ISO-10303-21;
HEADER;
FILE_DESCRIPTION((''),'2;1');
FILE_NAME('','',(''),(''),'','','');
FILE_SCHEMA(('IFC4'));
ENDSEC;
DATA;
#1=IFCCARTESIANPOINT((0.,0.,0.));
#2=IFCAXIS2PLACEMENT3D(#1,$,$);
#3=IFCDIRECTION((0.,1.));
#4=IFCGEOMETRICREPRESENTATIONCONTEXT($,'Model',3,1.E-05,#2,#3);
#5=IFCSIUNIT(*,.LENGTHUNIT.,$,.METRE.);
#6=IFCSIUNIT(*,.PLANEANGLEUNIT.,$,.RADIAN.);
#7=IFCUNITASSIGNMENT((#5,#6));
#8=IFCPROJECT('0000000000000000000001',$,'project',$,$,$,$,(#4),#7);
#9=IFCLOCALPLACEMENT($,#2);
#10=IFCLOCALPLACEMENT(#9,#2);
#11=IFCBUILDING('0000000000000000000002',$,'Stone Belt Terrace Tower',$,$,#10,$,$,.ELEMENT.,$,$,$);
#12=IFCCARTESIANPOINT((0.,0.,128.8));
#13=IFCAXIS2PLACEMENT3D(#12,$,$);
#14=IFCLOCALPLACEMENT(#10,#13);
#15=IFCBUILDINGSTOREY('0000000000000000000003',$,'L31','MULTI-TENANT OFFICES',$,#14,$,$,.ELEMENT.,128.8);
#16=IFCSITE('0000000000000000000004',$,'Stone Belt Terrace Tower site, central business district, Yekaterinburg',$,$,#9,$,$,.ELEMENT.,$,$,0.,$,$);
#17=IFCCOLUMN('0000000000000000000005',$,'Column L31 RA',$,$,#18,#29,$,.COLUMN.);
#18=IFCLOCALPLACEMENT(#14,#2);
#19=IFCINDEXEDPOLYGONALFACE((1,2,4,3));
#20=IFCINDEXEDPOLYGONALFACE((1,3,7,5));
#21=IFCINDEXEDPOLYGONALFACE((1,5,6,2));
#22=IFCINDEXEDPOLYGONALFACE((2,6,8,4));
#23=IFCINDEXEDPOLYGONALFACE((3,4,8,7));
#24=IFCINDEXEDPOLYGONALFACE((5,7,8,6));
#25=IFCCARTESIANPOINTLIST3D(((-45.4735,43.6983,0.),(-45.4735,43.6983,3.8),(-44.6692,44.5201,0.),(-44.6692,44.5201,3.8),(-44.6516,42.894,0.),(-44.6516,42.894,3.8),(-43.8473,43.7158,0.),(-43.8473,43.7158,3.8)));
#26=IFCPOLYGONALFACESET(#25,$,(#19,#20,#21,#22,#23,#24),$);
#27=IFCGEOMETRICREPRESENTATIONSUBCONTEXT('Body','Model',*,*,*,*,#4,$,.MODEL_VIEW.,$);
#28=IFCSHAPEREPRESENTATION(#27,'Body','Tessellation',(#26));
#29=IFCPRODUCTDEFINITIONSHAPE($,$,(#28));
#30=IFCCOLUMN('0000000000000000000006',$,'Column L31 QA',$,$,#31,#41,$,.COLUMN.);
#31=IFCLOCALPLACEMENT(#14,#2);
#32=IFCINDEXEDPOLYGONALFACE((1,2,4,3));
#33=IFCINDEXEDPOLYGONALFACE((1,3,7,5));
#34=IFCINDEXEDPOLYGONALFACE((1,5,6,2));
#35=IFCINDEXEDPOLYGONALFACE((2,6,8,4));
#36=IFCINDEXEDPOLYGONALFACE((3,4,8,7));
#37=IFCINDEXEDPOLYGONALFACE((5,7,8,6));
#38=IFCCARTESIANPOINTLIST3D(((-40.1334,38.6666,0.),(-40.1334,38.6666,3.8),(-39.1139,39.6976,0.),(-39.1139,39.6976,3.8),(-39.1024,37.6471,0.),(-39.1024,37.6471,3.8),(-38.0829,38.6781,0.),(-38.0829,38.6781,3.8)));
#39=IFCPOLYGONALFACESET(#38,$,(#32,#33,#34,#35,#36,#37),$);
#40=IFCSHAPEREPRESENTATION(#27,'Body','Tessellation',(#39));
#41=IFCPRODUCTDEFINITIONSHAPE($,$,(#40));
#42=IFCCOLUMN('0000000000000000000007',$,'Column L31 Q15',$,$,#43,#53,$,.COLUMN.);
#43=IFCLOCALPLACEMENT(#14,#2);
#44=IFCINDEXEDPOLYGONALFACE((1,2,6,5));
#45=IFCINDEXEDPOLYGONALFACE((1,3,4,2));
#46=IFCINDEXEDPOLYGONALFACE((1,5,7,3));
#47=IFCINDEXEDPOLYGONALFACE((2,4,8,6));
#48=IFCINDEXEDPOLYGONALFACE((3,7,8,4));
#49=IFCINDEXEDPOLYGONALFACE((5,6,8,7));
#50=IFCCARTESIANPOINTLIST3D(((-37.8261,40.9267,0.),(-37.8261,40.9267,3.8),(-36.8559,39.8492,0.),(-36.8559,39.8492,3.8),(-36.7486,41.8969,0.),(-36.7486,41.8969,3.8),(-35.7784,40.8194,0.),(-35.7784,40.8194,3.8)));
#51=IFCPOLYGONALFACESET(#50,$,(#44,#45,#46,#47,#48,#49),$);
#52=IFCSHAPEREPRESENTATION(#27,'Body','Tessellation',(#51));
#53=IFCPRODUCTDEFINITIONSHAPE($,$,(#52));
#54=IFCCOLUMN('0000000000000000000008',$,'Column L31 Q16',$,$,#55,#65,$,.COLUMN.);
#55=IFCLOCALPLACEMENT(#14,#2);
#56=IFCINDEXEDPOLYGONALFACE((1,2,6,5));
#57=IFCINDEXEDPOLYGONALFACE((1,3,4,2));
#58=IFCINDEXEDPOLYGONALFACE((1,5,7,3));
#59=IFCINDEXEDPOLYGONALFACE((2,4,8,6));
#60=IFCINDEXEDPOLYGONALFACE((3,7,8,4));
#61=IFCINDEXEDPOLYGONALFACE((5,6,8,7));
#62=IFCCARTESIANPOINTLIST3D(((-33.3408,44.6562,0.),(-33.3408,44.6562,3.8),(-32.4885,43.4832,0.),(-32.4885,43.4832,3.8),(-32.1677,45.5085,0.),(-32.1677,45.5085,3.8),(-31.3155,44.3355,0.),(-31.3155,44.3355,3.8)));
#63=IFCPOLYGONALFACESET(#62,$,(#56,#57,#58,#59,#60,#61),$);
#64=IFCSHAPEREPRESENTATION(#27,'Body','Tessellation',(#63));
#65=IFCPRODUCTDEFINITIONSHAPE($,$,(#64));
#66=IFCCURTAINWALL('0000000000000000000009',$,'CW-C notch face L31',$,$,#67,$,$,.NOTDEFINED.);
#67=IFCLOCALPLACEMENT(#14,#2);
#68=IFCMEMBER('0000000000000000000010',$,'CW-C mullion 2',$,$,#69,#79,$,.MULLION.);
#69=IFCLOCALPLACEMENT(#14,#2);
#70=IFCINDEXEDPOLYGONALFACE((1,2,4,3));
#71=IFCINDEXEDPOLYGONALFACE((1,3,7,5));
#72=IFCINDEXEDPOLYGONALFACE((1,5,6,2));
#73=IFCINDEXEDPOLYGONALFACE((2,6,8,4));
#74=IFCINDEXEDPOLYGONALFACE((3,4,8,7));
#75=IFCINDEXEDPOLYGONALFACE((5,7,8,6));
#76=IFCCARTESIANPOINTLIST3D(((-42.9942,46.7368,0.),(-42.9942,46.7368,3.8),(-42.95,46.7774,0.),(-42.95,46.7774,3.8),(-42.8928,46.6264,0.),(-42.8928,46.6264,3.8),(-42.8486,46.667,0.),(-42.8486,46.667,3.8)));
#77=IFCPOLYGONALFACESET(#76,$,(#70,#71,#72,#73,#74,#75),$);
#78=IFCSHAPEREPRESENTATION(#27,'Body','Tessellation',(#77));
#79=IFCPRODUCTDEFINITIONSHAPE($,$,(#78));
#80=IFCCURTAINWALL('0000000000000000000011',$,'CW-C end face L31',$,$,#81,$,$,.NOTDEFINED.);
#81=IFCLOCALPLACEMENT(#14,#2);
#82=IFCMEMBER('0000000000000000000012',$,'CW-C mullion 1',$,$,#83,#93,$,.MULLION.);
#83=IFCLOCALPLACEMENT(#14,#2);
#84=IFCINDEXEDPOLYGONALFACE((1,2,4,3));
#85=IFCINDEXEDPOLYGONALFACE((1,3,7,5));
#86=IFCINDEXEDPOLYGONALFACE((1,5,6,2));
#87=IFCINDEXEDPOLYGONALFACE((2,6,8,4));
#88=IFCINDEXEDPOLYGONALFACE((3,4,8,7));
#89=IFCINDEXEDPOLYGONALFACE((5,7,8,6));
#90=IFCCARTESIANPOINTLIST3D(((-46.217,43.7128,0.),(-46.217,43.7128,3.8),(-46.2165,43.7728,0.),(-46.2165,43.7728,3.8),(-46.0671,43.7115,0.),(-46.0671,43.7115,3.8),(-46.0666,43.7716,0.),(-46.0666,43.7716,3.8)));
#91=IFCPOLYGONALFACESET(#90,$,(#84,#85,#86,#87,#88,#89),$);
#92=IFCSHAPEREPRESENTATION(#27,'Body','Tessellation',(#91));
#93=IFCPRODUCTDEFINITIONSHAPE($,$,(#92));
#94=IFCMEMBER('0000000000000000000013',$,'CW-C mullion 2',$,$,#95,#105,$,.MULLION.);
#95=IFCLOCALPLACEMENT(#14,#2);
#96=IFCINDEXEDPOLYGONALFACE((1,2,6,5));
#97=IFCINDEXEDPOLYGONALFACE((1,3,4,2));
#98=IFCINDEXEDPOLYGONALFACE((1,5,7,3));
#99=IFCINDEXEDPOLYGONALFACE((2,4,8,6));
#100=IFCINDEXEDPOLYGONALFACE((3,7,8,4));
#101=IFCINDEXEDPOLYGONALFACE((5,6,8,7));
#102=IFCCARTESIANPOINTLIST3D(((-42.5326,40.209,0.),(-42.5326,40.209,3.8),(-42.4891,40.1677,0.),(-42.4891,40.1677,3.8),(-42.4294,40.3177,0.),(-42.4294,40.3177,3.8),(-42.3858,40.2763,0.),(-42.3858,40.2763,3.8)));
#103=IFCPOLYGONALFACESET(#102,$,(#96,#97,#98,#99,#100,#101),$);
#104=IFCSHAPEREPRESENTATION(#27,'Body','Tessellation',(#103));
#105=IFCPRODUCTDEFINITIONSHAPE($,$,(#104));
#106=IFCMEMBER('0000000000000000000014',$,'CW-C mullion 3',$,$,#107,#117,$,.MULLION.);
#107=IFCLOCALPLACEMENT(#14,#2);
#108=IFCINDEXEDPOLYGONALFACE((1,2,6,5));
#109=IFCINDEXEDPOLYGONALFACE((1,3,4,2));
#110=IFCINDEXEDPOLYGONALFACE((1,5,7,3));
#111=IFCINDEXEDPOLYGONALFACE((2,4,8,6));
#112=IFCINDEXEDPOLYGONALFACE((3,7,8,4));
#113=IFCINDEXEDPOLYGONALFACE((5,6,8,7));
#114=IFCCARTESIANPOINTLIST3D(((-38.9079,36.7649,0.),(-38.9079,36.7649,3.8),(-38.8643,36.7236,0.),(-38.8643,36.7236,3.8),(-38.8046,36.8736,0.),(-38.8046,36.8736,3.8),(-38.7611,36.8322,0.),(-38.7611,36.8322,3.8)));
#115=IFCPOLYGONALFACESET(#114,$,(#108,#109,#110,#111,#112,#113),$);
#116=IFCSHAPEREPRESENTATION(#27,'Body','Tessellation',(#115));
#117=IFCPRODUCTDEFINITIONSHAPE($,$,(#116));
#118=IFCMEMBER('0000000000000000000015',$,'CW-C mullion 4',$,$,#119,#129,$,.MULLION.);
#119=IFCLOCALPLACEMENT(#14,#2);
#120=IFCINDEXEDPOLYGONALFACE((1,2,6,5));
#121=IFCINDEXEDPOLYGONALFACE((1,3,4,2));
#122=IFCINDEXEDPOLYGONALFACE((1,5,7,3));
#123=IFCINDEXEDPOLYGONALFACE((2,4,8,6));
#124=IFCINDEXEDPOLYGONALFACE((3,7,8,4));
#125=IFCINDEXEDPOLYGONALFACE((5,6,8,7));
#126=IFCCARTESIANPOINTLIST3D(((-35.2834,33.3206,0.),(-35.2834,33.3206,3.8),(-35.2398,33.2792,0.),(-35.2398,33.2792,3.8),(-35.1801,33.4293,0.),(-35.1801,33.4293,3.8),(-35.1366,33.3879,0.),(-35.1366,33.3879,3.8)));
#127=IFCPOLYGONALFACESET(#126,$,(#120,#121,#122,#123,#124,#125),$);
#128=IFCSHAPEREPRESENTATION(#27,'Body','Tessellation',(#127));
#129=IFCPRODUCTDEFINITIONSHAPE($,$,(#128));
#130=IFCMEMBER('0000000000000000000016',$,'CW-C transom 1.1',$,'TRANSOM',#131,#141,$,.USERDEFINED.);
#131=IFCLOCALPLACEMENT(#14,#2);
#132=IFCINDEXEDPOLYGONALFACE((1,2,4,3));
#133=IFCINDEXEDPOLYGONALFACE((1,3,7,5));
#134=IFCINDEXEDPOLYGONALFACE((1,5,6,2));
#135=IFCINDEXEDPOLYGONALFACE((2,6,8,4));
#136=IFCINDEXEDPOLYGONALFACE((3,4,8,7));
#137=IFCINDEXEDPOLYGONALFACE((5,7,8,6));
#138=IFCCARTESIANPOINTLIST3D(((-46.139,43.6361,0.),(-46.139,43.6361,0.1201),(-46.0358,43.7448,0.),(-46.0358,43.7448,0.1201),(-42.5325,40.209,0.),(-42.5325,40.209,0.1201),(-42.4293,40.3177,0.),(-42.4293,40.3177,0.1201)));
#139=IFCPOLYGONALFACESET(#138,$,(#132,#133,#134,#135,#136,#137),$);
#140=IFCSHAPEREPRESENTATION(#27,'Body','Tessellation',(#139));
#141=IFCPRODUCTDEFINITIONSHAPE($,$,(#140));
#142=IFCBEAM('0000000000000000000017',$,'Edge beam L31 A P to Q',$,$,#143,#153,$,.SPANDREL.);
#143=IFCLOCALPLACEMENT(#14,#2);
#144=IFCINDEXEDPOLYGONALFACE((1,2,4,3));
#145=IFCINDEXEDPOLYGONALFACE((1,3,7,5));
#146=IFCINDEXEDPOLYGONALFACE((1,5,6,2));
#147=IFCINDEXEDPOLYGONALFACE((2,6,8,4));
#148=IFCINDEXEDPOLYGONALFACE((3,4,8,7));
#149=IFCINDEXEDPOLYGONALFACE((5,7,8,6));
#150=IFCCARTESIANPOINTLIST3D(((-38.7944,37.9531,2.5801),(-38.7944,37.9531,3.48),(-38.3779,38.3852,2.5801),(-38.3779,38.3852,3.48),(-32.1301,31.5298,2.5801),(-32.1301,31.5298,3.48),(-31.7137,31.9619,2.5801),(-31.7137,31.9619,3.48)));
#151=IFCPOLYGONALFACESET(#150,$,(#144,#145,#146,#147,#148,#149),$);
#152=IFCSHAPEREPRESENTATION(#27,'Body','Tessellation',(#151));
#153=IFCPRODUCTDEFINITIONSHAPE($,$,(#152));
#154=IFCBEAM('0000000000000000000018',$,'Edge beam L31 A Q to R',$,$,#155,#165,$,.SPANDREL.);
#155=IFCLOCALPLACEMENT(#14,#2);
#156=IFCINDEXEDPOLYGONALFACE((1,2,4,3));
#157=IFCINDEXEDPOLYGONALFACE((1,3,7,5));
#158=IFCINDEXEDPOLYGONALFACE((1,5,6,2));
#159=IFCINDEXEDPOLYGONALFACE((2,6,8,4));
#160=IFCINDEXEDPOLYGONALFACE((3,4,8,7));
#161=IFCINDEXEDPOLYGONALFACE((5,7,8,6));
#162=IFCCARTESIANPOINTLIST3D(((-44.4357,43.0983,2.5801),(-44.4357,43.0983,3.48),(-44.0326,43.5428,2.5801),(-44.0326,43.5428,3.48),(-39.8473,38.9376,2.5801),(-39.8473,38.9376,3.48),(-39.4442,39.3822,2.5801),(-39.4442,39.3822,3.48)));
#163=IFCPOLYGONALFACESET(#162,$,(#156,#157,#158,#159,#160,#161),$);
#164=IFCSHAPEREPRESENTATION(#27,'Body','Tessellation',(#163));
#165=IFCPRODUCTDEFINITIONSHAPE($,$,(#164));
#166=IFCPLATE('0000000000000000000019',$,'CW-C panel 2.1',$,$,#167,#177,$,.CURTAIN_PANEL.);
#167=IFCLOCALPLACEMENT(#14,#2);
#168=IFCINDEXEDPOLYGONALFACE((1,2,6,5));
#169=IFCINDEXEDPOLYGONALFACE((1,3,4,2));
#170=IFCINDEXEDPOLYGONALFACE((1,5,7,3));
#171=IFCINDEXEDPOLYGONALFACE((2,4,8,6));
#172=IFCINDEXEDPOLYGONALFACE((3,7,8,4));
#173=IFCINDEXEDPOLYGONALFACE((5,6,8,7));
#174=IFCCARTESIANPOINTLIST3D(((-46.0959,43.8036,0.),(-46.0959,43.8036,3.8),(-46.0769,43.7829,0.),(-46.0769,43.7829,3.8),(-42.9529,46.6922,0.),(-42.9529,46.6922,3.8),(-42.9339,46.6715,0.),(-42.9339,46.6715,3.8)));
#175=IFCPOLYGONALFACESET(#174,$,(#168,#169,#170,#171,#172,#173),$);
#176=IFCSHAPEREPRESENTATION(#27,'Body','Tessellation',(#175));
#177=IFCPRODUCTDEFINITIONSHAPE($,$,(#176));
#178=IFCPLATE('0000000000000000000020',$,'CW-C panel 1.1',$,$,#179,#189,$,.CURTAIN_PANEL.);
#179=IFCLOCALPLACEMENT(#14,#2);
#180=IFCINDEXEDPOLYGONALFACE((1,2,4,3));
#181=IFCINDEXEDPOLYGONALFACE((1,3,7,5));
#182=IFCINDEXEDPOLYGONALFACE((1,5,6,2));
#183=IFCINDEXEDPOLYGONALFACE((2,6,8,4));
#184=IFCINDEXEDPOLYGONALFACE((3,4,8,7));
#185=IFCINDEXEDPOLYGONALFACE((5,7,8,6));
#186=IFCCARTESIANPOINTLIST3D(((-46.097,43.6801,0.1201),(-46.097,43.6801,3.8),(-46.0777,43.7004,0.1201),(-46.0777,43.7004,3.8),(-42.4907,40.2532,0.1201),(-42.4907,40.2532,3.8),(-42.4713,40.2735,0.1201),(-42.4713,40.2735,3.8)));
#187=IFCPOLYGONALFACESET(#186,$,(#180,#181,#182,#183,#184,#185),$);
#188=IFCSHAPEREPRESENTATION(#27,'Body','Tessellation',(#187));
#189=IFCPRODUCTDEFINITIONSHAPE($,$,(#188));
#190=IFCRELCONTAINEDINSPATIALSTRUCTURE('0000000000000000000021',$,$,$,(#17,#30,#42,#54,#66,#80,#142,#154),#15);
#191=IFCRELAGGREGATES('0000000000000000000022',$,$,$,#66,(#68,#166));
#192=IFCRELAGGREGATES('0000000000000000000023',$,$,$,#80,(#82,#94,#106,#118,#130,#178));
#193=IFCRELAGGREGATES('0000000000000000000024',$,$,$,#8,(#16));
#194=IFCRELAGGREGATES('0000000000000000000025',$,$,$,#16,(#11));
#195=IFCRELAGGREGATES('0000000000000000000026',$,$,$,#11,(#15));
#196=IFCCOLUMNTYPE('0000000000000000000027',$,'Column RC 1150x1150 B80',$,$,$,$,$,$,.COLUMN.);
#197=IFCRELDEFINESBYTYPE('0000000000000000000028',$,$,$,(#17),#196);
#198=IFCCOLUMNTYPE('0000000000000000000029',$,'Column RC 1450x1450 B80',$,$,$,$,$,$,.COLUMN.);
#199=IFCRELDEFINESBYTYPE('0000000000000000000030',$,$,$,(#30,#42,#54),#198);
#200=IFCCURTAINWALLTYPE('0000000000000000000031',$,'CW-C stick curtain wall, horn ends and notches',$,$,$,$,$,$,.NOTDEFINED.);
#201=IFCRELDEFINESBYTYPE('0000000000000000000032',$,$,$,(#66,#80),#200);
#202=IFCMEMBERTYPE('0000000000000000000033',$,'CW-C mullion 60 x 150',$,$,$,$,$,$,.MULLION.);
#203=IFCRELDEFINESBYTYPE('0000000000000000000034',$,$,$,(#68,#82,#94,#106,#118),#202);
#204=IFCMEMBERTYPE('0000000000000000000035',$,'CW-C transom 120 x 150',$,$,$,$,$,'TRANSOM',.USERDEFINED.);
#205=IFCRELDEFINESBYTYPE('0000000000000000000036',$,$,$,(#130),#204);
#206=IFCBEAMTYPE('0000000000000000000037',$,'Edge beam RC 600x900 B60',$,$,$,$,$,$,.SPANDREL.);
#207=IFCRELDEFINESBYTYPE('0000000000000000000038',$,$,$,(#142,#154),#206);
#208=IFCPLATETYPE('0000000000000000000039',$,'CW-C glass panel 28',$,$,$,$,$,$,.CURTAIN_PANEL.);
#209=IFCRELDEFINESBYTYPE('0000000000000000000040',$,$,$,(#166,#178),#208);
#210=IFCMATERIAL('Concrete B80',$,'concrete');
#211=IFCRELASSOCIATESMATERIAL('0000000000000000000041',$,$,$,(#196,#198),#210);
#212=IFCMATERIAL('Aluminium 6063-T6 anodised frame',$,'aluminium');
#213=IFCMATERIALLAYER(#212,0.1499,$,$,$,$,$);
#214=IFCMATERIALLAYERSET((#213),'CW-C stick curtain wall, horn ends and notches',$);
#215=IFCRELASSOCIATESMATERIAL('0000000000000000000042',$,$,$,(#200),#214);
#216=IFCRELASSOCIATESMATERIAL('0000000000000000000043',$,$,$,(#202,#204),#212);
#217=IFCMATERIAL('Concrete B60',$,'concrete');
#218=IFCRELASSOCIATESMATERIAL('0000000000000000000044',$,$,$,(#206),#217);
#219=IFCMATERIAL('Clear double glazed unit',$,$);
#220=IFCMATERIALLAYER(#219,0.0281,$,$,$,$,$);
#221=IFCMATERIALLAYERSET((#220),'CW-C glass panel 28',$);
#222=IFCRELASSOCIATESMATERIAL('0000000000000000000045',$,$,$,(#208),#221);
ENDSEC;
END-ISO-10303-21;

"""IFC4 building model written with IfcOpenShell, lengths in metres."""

from ifc_helpers import new_model, si_unit, direction, frame, origin, origin_2d, place, context, subcontext, project, spatial, rectangle, extrude, material, layer, layer_set, material_profile, profile_set, type_object, element, aggregate, save


model = new_model("IFC4")

# Units and contexts
model_context = context("Model", 3, precision=1e-05, world=origin(), true_north=direction((0.0, 1.0)))
body_context = subcontext(model_context, "Body", "Model", "MODEL_VIEW")
ifc_project = project(units=[si_unit("LENGTHUNIT", "METRE"), si_unit("PLANEANGLEUNIT", "RADIAN")], contexts=[model_context])

# Site, building, storey
site_placement = place(None, origin())
site = spatial("IfcSite", under=ifc_project, at=site_placement, Name="Stone Belt Terrace Tower site, central business district, Yekaterinburg", CompositionType="ELEMENT", RefElevation=0.0)
building_placement = place(site_placement, origin())
building = spatial("IfcBuilding", under=site, at=building_placement, Name="Stone Belt Terrace Tower", CompositionType="ELEMENT")
storey_placement = place(building_placement, frame((0.0, 0.0, 128.8)))
storey = spatial("IfcBuildingStorey", under=building, at=storey_placement, Name="L31", Description="MULTI-TENANT OFFICES", CompositionType="ELEMENT", Elevation=128.8)

# Columns
ifc_material_1 = material(Name="Concrete B80", Category="concrete")
ifc_material_profile_1 = material_profile(ifc_material_1, rectangle(XDim=1.1499, YDim=1.1499, at=origin_2d()), Name="RC 1150x1150")
ifc_profile_set_1 = profile_set([ifc_material_profile_1], Name="Concrete B80")
column_type_1 = type_object("IfcColumnType", Name="Column RC 1150x1150 B80", PredefinedType="COLUMN", material=ifc_profile_set_1)
column_placement = place(storey_placement, frame((-44.6604, 43.707, 0.0), z_axis=(0.0, 0.0, 1.0), x_axis=(0.699438, 0.714694, 0.0)))
element("IfcColumn", 1, at=column_placement, inside=storey, type_object=column_type_1, Name="Column L31 RA", PredefinedType="COLUMN", context=body_context, shape_type="SweptSolid", body=[
    extrude(rectangle(XDim=1.1499, YDim=1.1499, at=origin_2d()), origin(), (0.0, 0.0, 1.0), 3.8),
])
ifc_material_profile_2 = material_profile(ifc_material_1, rectangle(XDim=1.45, YDim=1.45, at=origin_2d()), Name="RC 1450x1450")
ifc_profile_set_2 = profile_set([ifc_material_profile_2], Name="Concrete B80")
column_type_2 = type_object("IfcColumnType", Name="Column RC 1450x1450 B80", PredefinedType="COLUMN", material=ifc_profile_set_2)
for number, where, z_axis, x_axis, name in (
    (2, (-39.1082, 38.6724, 0.0), (0.0, 0.0, 1.0), (0.703134, 0.711057, 0.0), "Column L31 QA"),
    (3, (-36.8022, 40.873, 0.0), (0.0, 0.0, 1.0), (0.743145, 0.669131, 0.0), "Column L31 Q15"),
    (4, (-32.3281, 44.4958, 0.0), (0.0, 0.0, 1.0), (0.809017, 0.587785, 0.0), "Column L31 Q16"),
):
    element("IfcColumn", number, at=place(storey_placement, frame(where, z_axis=z_axis, x_axis=x_axis)), inside=storey, type_object=column_type_2, Name=name, PredefinedType="COLUMN", context=body_context, shape_type="SweptSolid", body=[
        extrude(rectangle(XDim=1.45, YDim=1.45, at=origin_2d()), origin(), (0.0, 0.0, 1.0), 3.8),
    ])

# Curtain wall, member
ifc_material_2 = material(Name="Aluminium 6063-T6 anodised frame", Category="aluminium")
ifc_layer_1 = layer(ifc_material_2, 0.1499)
ifc_layer_set_1 = layer_set([ifc_layer_1], Name="CW-C stick curtain wall, horn ends and notches")
curtain_wall_type = type_object("IfcCurtainWallType", Name="CW-C stick curtain wall, horn ends and notches", PredefinedType="NOTDEFINED", material=ifc_layer_set_1)
curtain_wall_1_placement = place(storey_placement, origin())
curtain_wall_1 = element("IfcCurtainWall", 5, at=curtain_wall_1_placement, inside=storey, type_object=curtain_wall_type, Name="CW-C notch face L31", PredefinedType="NOTDEFINED")
ifc_material_profile_3 = material_profile(ifc_material_2, rectangle(XDim=0.1499, YDim=0.0601, at=origin_2d()), Name="Aluminium 6063-T6 60x150")
ifc_profile_set_3 = profile_set([ifc_material_profile_3], Name="Aluminium 6063-T6 anodised frame")
member_type_1 = type_object("IfcMemberType", Name="CW-C mullion 60 x 150", PredefinedType="MULLION", material=ifc_profile_set_3)
member_1_placement = place(storey_placement, frame((-42.9214, 46.7019, 0.0), z_axis=(0.0, 0.0, 1.0), x_axis=(0.676677, -0.73628, 0.0)))
member_1 = element("IfcMember", 6, at=member_1_placement, type_object=member_type_1, Name="CW-C mullion 2", PredefinedType="MULLION", context=body_context, shape_type="SweptSolid", body=[
    extrude(rectangle(XDim=0.1499, YDim=0.0601, at=origin_2d()), origin(), (0.0, 0.0, 1.0), 3.8),
])

# Curtain wall, members
curtain_wall_2_placement = place(storey_placement, origin())
curtain_wall_2 = element("IfcCurtainWall", 7, at=curtain_wall_2_placement, inside=storey, type_object=curtain_wall_type, Name="CW-C end face L31", PredefinedType="NOTDEFINED")
member_2_placement = place(storey_placement, frame((-46.1418, 43.7422, 0.0), z_axis=(0.0, 0.0, 1.0), x_axis=(0.999965, -0.008324, 0.0)))
member_2 = element("IfcMember", 8, at=member_2_placement, type_object=member_type_1, Name="CW-C mullion 1", PredefinedType="MULLION", context=body_context, shape_type="SweptSolid", body=[
    extrude(rectangle(XDim=0.1499, YDim=0.0601, at=origin_2d()), origin(), (0.0, 0.0, 1.0), 3.8),
])
member_3_placement = place(storey_placement, frame((-42.4592, 40.2427, 0.0), z_axis=(0.0, 0.0, 1.0), x_axis=(0.68884, 0.724914, 0.0)))
member_3 = element("IfcMember", 9, at=member_3_placement, type_object=member_type_1, Name="CW-C mullion 2", PredefinedType="MULLION", context=body_context, shape_type="SweptSolid", body=[
    extrude(rectangle(XDim=0.1499, YDim=0.0601, at=origin_2d()), origin(), (0.0, 0.0, 1.0), 3.8),
])
member_4_placement = place(storey_placement, frame((-38.8345, 36.7986, 0.0), z_axis=(0.0, 0.0, 1.0), x_axis=(0.68884, 0.724914, 0.0)))
member_4 = element("IfcMember", 10, at=member_4_placement, type_object=member_type_1, Name="CW-C mullion 3", PredefinedType="MULLION", context=body_context, shape_type="SweptSolid", body=[
    extrude(rectangle(XDim=0.1499, YDim=0.0601, at=origin_2d()), origin(), (0.0, 0.0, 1.0), 3.8),
])
member_5_placement = place(storey_placement, frame((-35.21, 33.3542, 0.0), z_axis=(0.0, 0.0, 1.0), x_axis=(0.68884, 0.724914, 0.0)))
member_5 = element("IfcMember", 11, at=member_5_placement, type_object=member_type_1, Name="CW-C mullion 4", PredefinedType="MULLION", context=body_context, shape_type="SweptSolid", body=[
    extrude(rectangle(XDim=0.1499, YDim=0.0601, at=origin_2d()), origin(), (0.0, 0.0, 1.0), 3.8),
])
ifc_material_profile_4 = material_profile(ifc_material_2, rectangle(XDim=0.1499, YDim=0.1201, at=origin_2d()), Name="Aluminium 6063-T6 150x120")
ifc_profile_set_4 = profile_set([ifc_material_profile_4], Name="Aluminium 6063-T6 anodised frame")
member_type_2 = type_object("IfcMemberType", Name="CW-C transom 120 x 150", ElementType="TRANSOM", PredefinedType="USERDEFINED", material=ifc_profile_set_4)
member_6_placement = place(storey_placement, frame((-46.0874, 43.6904, 0.0601), z_axis=(0.724911, -0.688842, 0.0), x_axis=(0.688842, 0.724911, 0.0)))
member_6 = element("IfcMember", 12, at=member_6_placement, type_object=member_type_2, Name="CW-C transom 1.1", ObjectType="TRANSOM", PredefinedType="USERDEFINED", context=body_context, shape_type="SweptSolid", body=[
    extrude(rectangle(XDim=0.1499, YDim=0.1201, at=origin_2d()), origin(), (0.0, 0.0, 1.0), 4.9751),
])

# Beams
ifc_material_3 = material(Name="Concrete B60", Category="concrete")
ifc_material_profile_5 = material_profile(ifc_material_3, rectangle(XDim=0.6001, YDim=0.8999, at=origin_2d()), Name="RC 600x900")
ifc_profile_set_5 = profile_set([ifc_material_profile_5], Name="Concrete B60")
beam_type = type_object("IfcBeamType", Name="Edge beam RC 600x900 B60", PredefinedType="SPANDREL", material=ifc_profile_set_5)
beam_1_placement = place(storey_placement, frame((-31.9219, 31.7458, 3.03), z_axis=(-0.720004, 0.69397, 0.0), x_axis=(-0.69397, -0.720004, 0.0)))
element("IfcBeam", 13, at=beam_1_placement, inside=storey, type_object=beam_type, Name="Edge beam L31 A P to Q", PredefinedType="SPANDREL", context=body_context, shape_type="SweptSolid", body=[
    extrude(rectangle(XDim=0.6001, YDim=0.8999, at=origin_2d()), origin(), (0.0, 0.0, 1.0), 9.2559),
])
beam_2_placement = place(storey_placement, frame((-39.6458, 39.1599, 3.03), z_axis=(-0.740792, 0.671734, 0.0), x_axis=(-0.671734, -0.740792, 0.0)))
element("IfcBeam", 14, at=beam_2_placement, inside=storey, type_object=beam_type, Name="Edge beam L31 A Q to R", PredefinedType="SPANDREL", context=body_context, shape_type="SweptSolid", body=[
    extrude(rectangle(XDim=0.6001, YDim=0.8999, at=origin_2d()), origin(), (0.0, 0.0, 1.0), 6.1938),
])

# Plates
ifc_material_4 = material(Name="Clear double glazed unit")
ifc_layer_2 = layer(ifc_material_4, 0.0281)
ifc_layer_set_2 = layer_set([ifc_layer_2], Name="CW-C glass panel 28")
plate_type = type_object("IfcPlateType", Name="CW-C glass panel 28", PredefinedType="CURTAIN_PANEL", material=ifc_layer_set_2)
plate_1_placement = place(storey_placement, frame((-44.5149, 45.2375, 0.0), z_axis=(0.0, 0.0, 1.0), x_axis=(-0.73628, -0.676677, 0.0)))
plate_1 = element("IfcPlate", 15, at=plate_1_placement, type_object=plate_type, Name="CW-C panel 2.1", PredefinedType="CURTAIN_PANEL", context=body_context, shape_type="SweptSolid", body=[
    extrude(rectangle(XDim=4.2688, YDim=0.0281, at=origin_2d()), origin(), (0.0, 0.0, 1.0), 3.8),
])
aggregate(curtain_wall_1, [member_1, plate_1])
plate_2_placement = place(storey_placement, frame((-44.2842, 41.9768, 0.1201), z_axis=(0.0, 0.0, 1.0), x_axis=(0.724914, -0.68884, 0.0)))
plate_2 = element("IfcPlate", 16, at=plate_2_placement, type_object=plate_type, Name="CW-C panel 1.1", PredefinedType="CURTAIN_PANEL", context=body_context, shape_type="SweptSolid", body=[
    extrude(rectangle(XDim=4.9749, YDim=0.0281, at=origin_2d()), origin(), (0.0, 0.0, 1.0), 3.6799),
])
aggregate(curtain_wall_2, [member_2, member_3, member_4, member_5, member_6, plate_2])

save(model, "model.ifc")
